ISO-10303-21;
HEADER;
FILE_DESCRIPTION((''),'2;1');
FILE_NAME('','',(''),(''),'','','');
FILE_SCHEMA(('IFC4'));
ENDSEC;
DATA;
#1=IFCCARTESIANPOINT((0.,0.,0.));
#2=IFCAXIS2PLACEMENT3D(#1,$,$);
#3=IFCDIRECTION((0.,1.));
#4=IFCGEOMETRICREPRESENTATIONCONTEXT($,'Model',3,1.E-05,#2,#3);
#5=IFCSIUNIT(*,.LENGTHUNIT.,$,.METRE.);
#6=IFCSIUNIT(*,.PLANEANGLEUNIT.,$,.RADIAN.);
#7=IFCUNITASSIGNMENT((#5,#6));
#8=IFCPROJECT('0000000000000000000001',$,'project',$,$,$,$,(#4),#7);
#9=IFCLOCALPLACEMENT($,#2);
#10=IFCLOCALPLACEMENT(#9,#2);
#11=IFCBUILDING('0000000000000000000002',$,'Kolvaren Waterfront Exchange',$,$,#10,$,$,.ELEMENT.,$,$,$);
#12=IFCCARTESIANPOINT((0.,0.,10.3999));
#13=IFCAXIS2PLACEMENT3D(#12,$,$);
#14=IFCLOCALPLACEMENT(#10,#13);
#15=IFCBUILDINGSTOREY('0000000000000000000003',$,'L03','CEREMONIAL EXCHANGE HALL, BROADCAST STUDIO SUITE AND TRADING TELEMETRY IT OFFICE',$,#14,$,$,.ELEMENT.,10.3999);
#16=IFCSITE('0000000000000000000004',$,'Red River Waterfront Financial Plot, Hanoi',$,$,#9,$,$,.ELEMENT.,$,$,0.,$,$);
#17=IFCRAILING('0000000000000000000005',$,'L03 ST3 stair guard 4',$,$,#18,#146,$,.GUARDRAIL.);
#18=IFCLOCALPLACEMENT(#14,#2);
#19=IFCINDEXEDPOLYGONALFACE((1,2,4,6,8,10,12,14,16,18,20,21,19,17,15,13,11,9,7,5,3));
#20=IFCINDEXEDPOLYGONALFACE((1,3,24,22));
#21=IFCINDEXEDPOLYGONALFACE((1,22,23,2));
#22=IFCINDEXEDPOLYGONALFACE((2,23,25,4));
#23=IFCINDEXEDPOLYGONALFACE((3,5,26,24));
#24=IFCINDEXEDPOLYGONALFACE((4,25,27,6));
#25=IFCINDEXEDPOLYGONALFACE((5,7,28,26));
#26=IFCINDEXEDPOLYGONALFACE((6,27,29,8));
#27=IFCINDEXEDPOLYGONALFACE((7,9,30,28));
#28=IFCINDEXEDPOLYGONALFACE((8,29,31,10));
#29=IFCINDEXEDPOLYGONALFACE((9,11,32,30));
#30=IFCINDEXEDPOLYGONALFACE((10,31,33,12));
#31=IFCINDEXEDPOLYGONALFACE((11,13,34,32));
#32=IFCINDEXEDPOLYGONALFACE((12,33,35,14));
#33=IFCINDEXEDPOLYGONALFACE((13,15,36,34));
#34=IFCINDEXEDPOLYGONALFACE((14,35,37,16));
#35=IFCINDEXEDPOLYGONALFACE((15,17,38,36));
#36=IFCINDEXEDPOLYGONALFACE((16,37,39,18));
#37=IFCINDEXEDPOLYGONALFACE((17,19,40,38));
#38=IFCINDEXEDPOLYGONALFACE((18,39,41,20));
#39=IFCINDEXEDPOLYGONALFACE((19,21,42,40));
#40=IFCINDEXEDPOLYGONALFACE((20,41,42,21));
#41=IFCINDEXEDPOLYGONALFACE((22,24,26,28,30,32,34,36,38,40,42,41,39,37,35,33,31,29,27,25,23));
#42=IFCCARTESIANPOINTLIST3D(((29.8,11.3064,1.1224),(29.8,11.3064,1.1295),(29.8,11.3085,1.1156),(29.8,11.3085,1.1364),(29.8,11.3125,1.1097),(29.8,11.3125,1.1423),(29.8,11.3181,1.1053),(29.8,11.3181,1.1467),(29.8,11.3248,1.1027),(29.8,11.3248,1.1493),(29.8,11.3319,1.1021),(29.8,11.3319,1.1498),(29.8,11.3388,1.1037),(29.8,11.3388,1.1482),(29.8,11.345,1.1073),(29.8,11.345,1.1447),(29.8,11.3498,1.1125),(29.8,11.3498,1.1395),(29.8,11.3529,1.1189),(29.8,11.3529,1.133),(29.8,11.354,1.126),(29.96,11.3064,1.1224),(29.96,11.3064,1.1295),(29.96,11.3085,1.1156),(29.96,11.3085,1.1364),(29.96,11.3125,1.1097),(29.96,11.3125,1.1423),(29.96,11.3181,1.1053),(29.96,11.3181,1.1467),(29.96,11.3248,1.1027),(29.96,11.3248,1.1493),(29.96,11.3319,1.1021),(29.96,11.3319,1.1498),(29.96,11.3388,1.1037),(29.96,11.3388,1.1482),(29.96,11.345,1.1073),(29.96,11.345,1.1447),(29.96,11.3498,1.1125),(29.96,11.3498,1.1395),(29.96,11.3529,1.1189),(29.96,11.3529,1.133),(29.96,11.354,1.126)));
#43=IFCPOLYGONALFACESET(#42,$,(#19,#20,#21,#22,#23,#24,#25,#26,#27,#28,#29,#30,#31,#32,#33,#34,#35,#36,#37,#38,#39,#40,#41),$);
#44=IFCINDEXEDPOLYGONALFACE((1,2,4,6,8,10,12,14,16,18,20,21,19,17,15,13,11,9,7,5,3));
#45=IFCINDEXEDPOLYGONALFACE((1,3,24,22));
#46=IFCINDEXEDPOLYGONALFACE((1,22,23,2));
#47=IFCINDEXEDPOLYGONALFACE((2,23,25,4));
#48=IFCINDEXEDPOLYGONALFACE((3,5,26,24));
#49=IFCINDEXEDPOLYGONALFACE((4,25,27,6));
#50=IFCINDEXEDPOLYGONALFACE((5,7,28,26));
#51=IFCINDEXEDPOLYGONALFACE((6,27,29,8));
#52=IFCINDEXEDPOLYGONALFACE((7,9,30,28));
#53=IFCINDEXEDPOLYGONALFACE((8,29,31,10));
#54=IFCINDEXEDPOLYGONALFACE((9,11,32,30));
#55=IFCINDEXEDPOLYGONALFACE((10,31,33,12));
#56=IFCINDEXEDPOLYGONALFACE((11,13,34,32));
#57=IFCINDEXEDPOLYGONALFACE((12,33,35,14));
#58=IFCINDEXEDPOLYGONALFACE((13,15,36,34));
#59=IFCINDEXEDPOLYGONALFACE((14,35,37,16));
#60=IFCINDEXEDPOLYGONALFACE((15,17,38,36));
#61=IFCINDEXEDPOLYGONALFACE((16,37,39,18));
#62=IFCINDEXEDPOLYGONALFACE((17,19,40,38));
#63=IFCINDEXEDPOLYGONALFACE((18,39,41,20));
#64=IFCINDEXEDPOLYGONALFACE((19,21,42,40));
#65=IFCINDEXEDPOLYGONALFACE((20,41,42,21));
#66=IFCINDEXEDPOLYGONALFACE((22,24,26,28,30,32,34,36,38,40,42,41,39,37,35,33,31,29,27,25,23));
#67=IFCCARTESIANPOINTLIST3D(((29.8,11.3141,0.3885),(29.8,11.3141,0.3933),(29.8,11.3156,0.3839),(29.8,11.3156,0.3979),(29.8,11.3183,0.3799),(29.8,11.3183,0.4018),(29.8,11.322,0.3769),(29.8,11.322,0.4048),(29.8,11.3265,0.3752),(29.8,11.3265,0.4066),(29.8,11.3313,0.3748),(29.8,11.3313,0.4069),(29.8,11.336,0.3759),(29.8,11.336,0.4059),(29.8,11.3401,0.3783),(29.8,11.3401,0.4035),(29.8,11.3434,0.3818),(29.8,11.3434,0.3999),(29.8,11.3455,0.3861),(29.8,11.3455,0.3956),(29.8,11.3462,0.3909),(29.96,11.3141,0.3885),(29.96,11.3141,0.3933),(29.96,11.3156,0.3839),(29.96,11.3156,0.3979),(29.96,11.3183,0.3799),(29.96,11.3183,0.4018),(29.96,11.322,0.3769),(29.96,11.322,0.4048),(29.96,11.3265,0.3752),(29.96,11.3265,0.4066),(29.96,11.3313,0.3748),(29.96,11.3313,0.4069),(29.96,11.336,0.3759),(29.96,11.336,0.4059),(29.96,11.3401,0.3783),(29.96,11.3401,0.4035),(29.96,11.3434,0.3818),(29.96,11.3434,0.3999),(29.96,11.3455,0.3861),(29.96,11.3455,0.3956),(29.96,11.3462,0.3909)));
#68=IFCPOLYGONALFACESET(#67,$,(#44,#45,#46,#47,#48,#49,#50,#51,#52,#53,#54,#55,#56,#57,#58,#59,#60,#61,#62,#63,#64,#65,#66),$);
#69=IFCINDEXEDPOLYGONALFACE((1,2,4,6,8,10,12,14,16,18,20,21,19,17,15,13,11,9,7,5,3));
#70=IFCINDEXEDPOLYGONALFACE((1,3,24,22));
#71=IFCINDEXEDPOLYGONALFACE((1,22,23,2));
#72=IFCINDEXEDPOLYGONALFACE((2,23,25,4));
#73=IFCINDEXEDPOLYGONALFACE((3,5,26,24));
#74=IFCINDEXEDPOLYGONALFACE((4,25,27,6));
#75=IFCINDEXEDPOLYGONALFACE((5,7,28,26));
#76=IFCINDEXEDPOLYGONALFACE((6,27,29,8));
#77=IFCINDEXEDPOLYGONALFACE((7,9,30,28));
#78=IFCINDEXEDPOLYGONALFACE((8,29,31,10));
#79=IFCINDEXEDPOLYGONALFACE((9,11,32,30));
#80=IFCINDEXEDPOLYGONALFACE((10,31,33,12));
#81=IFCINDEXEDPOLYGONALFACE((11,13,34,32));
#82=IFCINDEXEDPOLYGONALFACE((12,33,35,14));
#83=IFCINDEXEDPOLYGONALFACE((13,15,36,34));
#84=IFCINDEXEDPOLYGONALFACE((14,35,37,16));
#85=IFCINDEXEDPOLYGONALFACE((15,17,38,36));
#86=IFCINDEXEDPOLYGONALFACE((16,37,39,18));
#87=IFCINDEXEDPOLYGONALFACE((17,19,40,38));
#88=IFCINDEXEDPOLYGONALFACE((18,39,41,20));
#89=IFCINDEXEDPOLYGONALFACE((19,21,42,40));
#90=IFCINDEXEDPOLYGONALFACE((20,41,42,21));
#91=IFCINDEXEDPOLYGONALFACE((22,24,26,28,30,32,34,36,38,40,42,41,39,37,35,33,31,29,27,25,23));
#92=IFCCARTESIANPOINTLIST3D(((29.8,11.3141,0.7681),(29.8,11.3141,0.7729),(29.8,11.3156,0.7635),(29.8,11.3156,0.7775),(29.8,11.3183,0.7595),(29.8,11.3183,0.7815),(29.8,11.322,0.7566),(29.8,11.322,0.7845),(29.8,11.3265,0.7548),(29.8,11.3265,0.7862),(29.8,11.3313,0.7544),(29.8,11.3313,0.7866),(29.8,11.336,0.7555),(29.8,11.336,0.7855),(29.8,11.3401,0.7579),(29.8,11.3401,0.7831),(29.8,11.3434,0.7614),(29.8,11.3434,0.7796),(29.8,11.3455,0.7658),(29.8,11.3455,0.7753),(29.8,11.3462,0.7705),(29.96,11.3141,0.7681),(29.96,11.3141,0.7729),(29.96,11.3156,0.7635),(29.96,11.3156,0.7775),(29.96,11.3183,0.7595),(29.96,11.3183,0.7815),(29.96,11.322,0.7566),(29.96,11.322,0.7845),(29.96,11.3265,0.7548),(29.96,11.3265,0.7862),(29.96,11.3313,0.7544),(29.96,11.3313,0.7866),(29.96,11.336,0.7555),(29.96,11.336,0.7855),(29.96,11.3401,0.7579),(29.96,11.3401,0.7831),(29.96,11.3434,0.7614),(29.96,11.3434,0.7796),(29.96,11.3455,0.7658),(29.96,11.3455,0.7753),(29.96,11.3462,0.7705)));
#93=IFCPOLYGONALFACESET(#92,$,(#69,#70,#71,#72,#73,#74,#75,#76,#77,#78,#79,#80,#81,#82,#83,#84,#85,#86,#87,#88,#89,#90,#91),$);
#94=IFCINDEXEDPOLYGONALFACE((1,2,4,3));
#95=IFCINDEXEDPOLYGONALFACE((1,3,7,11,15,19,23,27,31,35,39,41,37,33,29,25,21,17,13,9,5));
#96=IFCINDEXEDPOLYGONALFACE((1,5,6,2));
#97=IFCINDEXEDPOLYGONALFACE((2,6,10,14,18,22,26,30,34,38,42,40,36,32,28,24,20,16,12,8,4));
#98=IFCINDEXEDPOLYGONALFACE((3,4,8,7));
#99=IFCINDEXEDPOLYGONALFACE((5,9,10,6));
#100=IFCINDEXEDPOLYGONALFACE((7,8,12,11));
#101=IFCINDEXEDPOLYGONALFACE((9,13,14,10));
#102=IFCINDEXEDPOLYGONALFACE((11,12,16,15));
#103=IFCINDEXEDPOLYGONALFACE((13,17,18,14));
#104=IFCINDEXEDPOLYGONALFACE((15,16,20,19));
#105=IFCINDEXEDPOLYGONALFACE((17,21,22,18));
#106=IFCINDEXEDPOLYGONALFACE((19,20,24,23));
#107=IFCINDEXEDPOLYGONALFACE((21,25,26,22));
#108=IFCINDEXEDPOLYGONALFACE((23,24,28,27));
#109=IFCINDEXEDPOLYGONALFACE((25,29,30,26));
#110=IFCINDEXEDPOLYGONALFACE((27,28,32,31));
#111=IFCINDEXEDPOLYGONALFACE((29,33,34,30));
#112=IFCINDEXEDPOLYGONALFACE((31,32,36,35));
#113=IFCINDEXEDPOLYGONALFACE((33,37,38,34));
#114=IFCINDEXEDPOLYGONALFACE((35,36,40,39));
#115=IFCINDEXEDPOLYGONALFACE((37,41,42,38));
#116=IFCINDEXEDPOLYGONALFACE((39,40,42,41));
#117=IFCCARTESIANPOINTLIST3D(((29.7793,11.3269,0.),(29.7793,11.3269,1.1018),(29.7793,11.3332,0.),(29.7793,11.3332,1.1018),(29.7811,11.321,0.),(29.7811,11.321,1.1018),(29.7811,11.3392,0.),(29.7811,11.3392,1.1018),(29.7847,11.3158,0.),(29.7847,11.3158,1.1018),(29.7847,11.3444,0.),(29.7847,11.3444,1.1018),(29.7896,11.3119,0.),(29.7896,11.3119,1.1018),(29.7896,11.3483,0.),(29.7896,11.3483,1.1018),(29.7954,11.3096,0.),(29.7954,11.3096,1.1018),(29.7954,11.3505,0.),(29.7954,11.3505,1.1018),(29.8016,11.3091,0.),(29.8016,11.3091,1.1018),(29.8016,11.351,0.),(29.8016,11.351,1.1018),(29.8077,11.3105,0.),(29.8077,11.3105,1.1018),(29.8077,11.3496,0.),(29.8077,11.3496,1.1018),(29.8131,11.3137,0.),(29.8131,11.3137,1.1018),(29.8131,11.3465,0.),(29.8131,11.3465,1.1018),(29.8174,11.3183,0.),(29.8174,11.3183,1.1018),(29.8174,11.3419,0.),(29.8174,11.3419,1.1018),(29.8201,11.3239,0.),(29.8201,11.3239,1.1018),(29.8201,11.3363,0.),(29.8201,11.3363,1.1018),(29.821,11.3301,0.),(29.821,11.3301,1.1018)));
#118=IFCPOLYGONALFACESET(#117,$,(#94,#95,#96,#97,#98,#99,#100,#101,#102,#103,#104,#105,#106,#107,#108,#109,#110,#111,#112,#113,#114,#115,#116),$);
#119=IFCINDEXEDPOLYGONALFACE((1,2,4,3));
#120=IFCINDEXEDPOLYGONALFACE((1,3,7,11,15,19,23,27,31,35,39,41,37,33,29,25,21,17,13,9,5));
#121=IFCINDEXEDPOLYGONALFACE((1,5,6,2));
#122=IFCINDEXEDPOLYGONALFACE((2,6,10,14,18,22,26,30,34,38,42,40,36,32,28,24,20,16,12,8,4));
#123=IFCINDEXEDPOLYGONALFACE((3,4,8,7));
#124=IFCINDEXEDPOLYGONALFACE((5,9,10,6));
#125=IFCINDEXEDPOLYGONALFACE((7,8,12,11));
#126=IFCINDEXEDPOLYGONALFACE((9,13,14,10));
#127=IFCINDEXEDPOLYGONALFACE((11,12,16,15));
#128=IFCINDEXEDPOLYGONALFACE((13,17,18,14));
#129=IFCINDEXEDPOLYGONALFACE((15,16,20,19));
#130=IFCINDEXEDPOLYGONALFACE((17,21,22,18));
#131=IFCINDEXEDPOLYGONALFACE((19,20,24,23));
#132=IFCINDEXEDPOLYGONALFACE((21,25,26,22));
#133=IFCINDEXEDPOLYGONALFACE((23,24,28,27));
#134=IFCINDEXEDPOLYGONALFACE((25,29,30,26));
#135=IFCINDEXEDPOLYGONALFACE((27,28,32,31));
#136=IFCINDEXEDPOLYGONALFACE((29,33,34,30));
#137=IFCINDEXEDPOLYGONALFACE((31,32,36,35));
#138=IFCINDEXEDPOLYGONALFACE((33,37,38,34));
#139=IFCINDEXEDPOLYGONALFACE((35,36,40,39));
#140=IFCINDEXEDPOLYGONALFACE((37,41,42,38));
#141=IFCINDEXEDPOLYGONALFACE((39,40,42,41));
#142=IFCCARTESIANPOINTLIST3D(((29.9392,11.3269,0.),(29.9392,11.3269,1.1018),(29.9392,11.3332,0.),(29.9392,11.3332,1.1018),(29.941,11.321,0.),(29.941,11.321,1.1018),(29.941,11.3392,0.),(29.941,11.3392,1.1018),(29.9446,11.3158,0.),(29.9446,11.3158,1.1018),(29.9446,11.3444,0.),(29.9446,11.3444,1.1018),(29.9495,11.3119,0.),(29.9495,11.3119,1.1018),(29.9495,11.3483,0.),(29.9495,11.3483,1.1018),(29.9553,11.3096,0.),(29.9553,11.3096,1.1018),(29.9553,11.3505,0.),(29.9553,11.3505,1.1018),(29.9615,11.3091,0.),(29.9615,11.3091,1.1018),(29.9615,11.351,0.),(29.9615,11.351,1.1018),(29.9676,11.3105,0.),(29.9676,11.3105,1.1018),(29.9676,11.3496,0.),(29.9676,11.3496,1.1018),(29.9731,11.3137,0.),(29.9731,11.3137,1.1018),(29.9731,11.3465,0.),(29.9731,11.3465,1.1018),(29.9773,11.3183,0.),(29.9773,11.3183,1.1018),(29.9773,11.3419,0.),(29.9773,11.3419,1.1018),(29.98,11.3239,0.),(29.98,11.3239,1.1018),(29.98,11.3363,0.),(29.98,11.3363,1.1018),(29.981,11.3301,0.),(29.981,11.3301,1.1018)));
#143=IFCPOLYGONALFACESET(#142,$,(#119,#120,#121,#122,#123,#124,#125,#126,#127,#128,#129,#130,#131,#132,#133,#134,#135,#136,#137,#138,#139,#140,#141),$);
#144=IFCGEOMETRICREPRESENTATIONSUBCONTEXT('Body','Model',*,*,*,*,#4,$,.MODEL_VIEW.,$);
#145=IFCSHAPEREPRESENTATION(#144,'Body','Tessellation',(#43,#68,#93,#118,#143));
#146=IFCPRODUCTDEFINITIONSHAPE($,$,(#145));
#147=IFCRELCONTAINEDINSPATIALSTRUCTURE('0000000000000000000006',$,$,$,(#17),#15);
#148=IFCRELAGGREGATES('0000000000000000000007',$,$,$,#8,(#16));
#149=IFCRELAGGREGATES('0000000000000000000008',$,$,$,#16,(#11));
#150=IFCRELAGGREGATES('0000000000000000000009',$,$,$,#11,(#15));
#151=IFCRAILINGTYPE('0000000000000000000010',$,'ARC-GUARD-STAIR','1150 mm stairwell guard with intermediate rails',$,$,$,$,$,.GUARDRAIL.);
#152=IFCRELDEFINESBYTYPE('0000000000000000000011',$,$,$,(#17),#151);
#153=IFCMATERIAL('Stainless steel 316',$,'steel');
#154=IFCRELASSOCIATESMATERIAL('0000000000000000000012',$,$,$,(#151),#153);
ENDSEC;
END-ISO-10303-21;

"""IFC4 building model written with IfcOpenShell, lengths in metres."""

from ifc_helpers import new_model, si_unit, direction, frame, origin, origin_2d, place, context, subcontext, project, spatial, circle, extrude, material, type_object, element, save


model = new_model("IFC4")

# Units and contexts
model_context = context("Model", 3, precision=1e-05, world=origin(), true_north=direction((0.0, 1.0)))
body_context = subcontext(model_context, "Body", "Model", "MODEL_VIEW")
ifc_project = project(units=[si_unit("LENGTHUNIT", "METRE"), si_unit("PLANEANGLEUNIT", "RADIAN")], contexts=[model_context])

# Site, building, storey
site_placement = place(None, origin())
site = spatial("IfcSite", under=ifc_project, at=site_placement, Name="Red River Waterfront Financial Plot, Hanoi", CompositionType="ELEMENT", RefElevation=0.0)
building_placement = place(site_placement, origin())
building = spatial("IfcBuilding", under=site, at=building_placement, Name="Kolvaren Waterfront Exchange", CompositionType="ELEMENT")
storey_placement = place(building_placement, frame((0.0, 0.0, 10.3999)))
storey = spatial("IfcBuildingStorey", under=building, at=storey_placement, Name="L03", Description="CEREMONIAL EXCHANGE HALL, BROADCAST STUDIO SUITE AND TRADING TELEMETRY IT OFFICE", CompositionType="ELEMENT", Elevation=10.3999)

# Railing
ifc_material_1 = material(Name="Stainless steel 316", Category="steel")
railing_type_1 = type_object("IfcRailingType", Name="ARC-GUARD-STAIR", Description="1150 mm stairwell guard with intermediate rails", PredefinedType="GUARDRAIL", material=ifc_material_1)
railing_1_placement = place(storey_placement, frame((29.8, 11.3301, 0.0)))
element("IfcRailing", 1, at=railing_1_placement, inside=storey, type_object=railing_type_1, Name="L03 ST3 stair guard 4", PredefinedType="GUARDRAIL", context=body_context, shape_type="SweptSolid", body=[
    extrude(circle(Radius=0.0239, at=origin_2d()), frame((0.0, 0.0, 1.126), z_axis=(1.0, 0.0, 0.0), x_axis=(0.0, 1.0, 0.0)), (0.0, 0.0, 1.0), 0.1599),
    extrude(circle(Radius=0.0161, at=origin_2d()), frame((0.0, 0.0, 0.3909), z_axis=(1.0, 0.0, 0.0), x_axis=(0.0, 1.0, 0.0)), (0.0, 0.0, 1.0), 0.1599),
    extrude(circle(Radius=0.0161, at=origin_2d()), frame((0.0, 0.0, 0.7705), z_axis=(1.0, 0.0, 0.0), x_axis=(0.0, 1.0, 0.0)), (0.0, 0.0, 1.0), 0.1599),
    extrude(circle(Radius=0.021, at=origin_2d()), origin(), (0.0, 0.0, 1.0), 1.1018),
    extrude(circle(Radius=0.021, at=origin_2d()), frame((0.1599, 0.0, 0.0)), (0.0, 0.0, 1.0), 1.1018),
])

save(model, "model.ifc")
